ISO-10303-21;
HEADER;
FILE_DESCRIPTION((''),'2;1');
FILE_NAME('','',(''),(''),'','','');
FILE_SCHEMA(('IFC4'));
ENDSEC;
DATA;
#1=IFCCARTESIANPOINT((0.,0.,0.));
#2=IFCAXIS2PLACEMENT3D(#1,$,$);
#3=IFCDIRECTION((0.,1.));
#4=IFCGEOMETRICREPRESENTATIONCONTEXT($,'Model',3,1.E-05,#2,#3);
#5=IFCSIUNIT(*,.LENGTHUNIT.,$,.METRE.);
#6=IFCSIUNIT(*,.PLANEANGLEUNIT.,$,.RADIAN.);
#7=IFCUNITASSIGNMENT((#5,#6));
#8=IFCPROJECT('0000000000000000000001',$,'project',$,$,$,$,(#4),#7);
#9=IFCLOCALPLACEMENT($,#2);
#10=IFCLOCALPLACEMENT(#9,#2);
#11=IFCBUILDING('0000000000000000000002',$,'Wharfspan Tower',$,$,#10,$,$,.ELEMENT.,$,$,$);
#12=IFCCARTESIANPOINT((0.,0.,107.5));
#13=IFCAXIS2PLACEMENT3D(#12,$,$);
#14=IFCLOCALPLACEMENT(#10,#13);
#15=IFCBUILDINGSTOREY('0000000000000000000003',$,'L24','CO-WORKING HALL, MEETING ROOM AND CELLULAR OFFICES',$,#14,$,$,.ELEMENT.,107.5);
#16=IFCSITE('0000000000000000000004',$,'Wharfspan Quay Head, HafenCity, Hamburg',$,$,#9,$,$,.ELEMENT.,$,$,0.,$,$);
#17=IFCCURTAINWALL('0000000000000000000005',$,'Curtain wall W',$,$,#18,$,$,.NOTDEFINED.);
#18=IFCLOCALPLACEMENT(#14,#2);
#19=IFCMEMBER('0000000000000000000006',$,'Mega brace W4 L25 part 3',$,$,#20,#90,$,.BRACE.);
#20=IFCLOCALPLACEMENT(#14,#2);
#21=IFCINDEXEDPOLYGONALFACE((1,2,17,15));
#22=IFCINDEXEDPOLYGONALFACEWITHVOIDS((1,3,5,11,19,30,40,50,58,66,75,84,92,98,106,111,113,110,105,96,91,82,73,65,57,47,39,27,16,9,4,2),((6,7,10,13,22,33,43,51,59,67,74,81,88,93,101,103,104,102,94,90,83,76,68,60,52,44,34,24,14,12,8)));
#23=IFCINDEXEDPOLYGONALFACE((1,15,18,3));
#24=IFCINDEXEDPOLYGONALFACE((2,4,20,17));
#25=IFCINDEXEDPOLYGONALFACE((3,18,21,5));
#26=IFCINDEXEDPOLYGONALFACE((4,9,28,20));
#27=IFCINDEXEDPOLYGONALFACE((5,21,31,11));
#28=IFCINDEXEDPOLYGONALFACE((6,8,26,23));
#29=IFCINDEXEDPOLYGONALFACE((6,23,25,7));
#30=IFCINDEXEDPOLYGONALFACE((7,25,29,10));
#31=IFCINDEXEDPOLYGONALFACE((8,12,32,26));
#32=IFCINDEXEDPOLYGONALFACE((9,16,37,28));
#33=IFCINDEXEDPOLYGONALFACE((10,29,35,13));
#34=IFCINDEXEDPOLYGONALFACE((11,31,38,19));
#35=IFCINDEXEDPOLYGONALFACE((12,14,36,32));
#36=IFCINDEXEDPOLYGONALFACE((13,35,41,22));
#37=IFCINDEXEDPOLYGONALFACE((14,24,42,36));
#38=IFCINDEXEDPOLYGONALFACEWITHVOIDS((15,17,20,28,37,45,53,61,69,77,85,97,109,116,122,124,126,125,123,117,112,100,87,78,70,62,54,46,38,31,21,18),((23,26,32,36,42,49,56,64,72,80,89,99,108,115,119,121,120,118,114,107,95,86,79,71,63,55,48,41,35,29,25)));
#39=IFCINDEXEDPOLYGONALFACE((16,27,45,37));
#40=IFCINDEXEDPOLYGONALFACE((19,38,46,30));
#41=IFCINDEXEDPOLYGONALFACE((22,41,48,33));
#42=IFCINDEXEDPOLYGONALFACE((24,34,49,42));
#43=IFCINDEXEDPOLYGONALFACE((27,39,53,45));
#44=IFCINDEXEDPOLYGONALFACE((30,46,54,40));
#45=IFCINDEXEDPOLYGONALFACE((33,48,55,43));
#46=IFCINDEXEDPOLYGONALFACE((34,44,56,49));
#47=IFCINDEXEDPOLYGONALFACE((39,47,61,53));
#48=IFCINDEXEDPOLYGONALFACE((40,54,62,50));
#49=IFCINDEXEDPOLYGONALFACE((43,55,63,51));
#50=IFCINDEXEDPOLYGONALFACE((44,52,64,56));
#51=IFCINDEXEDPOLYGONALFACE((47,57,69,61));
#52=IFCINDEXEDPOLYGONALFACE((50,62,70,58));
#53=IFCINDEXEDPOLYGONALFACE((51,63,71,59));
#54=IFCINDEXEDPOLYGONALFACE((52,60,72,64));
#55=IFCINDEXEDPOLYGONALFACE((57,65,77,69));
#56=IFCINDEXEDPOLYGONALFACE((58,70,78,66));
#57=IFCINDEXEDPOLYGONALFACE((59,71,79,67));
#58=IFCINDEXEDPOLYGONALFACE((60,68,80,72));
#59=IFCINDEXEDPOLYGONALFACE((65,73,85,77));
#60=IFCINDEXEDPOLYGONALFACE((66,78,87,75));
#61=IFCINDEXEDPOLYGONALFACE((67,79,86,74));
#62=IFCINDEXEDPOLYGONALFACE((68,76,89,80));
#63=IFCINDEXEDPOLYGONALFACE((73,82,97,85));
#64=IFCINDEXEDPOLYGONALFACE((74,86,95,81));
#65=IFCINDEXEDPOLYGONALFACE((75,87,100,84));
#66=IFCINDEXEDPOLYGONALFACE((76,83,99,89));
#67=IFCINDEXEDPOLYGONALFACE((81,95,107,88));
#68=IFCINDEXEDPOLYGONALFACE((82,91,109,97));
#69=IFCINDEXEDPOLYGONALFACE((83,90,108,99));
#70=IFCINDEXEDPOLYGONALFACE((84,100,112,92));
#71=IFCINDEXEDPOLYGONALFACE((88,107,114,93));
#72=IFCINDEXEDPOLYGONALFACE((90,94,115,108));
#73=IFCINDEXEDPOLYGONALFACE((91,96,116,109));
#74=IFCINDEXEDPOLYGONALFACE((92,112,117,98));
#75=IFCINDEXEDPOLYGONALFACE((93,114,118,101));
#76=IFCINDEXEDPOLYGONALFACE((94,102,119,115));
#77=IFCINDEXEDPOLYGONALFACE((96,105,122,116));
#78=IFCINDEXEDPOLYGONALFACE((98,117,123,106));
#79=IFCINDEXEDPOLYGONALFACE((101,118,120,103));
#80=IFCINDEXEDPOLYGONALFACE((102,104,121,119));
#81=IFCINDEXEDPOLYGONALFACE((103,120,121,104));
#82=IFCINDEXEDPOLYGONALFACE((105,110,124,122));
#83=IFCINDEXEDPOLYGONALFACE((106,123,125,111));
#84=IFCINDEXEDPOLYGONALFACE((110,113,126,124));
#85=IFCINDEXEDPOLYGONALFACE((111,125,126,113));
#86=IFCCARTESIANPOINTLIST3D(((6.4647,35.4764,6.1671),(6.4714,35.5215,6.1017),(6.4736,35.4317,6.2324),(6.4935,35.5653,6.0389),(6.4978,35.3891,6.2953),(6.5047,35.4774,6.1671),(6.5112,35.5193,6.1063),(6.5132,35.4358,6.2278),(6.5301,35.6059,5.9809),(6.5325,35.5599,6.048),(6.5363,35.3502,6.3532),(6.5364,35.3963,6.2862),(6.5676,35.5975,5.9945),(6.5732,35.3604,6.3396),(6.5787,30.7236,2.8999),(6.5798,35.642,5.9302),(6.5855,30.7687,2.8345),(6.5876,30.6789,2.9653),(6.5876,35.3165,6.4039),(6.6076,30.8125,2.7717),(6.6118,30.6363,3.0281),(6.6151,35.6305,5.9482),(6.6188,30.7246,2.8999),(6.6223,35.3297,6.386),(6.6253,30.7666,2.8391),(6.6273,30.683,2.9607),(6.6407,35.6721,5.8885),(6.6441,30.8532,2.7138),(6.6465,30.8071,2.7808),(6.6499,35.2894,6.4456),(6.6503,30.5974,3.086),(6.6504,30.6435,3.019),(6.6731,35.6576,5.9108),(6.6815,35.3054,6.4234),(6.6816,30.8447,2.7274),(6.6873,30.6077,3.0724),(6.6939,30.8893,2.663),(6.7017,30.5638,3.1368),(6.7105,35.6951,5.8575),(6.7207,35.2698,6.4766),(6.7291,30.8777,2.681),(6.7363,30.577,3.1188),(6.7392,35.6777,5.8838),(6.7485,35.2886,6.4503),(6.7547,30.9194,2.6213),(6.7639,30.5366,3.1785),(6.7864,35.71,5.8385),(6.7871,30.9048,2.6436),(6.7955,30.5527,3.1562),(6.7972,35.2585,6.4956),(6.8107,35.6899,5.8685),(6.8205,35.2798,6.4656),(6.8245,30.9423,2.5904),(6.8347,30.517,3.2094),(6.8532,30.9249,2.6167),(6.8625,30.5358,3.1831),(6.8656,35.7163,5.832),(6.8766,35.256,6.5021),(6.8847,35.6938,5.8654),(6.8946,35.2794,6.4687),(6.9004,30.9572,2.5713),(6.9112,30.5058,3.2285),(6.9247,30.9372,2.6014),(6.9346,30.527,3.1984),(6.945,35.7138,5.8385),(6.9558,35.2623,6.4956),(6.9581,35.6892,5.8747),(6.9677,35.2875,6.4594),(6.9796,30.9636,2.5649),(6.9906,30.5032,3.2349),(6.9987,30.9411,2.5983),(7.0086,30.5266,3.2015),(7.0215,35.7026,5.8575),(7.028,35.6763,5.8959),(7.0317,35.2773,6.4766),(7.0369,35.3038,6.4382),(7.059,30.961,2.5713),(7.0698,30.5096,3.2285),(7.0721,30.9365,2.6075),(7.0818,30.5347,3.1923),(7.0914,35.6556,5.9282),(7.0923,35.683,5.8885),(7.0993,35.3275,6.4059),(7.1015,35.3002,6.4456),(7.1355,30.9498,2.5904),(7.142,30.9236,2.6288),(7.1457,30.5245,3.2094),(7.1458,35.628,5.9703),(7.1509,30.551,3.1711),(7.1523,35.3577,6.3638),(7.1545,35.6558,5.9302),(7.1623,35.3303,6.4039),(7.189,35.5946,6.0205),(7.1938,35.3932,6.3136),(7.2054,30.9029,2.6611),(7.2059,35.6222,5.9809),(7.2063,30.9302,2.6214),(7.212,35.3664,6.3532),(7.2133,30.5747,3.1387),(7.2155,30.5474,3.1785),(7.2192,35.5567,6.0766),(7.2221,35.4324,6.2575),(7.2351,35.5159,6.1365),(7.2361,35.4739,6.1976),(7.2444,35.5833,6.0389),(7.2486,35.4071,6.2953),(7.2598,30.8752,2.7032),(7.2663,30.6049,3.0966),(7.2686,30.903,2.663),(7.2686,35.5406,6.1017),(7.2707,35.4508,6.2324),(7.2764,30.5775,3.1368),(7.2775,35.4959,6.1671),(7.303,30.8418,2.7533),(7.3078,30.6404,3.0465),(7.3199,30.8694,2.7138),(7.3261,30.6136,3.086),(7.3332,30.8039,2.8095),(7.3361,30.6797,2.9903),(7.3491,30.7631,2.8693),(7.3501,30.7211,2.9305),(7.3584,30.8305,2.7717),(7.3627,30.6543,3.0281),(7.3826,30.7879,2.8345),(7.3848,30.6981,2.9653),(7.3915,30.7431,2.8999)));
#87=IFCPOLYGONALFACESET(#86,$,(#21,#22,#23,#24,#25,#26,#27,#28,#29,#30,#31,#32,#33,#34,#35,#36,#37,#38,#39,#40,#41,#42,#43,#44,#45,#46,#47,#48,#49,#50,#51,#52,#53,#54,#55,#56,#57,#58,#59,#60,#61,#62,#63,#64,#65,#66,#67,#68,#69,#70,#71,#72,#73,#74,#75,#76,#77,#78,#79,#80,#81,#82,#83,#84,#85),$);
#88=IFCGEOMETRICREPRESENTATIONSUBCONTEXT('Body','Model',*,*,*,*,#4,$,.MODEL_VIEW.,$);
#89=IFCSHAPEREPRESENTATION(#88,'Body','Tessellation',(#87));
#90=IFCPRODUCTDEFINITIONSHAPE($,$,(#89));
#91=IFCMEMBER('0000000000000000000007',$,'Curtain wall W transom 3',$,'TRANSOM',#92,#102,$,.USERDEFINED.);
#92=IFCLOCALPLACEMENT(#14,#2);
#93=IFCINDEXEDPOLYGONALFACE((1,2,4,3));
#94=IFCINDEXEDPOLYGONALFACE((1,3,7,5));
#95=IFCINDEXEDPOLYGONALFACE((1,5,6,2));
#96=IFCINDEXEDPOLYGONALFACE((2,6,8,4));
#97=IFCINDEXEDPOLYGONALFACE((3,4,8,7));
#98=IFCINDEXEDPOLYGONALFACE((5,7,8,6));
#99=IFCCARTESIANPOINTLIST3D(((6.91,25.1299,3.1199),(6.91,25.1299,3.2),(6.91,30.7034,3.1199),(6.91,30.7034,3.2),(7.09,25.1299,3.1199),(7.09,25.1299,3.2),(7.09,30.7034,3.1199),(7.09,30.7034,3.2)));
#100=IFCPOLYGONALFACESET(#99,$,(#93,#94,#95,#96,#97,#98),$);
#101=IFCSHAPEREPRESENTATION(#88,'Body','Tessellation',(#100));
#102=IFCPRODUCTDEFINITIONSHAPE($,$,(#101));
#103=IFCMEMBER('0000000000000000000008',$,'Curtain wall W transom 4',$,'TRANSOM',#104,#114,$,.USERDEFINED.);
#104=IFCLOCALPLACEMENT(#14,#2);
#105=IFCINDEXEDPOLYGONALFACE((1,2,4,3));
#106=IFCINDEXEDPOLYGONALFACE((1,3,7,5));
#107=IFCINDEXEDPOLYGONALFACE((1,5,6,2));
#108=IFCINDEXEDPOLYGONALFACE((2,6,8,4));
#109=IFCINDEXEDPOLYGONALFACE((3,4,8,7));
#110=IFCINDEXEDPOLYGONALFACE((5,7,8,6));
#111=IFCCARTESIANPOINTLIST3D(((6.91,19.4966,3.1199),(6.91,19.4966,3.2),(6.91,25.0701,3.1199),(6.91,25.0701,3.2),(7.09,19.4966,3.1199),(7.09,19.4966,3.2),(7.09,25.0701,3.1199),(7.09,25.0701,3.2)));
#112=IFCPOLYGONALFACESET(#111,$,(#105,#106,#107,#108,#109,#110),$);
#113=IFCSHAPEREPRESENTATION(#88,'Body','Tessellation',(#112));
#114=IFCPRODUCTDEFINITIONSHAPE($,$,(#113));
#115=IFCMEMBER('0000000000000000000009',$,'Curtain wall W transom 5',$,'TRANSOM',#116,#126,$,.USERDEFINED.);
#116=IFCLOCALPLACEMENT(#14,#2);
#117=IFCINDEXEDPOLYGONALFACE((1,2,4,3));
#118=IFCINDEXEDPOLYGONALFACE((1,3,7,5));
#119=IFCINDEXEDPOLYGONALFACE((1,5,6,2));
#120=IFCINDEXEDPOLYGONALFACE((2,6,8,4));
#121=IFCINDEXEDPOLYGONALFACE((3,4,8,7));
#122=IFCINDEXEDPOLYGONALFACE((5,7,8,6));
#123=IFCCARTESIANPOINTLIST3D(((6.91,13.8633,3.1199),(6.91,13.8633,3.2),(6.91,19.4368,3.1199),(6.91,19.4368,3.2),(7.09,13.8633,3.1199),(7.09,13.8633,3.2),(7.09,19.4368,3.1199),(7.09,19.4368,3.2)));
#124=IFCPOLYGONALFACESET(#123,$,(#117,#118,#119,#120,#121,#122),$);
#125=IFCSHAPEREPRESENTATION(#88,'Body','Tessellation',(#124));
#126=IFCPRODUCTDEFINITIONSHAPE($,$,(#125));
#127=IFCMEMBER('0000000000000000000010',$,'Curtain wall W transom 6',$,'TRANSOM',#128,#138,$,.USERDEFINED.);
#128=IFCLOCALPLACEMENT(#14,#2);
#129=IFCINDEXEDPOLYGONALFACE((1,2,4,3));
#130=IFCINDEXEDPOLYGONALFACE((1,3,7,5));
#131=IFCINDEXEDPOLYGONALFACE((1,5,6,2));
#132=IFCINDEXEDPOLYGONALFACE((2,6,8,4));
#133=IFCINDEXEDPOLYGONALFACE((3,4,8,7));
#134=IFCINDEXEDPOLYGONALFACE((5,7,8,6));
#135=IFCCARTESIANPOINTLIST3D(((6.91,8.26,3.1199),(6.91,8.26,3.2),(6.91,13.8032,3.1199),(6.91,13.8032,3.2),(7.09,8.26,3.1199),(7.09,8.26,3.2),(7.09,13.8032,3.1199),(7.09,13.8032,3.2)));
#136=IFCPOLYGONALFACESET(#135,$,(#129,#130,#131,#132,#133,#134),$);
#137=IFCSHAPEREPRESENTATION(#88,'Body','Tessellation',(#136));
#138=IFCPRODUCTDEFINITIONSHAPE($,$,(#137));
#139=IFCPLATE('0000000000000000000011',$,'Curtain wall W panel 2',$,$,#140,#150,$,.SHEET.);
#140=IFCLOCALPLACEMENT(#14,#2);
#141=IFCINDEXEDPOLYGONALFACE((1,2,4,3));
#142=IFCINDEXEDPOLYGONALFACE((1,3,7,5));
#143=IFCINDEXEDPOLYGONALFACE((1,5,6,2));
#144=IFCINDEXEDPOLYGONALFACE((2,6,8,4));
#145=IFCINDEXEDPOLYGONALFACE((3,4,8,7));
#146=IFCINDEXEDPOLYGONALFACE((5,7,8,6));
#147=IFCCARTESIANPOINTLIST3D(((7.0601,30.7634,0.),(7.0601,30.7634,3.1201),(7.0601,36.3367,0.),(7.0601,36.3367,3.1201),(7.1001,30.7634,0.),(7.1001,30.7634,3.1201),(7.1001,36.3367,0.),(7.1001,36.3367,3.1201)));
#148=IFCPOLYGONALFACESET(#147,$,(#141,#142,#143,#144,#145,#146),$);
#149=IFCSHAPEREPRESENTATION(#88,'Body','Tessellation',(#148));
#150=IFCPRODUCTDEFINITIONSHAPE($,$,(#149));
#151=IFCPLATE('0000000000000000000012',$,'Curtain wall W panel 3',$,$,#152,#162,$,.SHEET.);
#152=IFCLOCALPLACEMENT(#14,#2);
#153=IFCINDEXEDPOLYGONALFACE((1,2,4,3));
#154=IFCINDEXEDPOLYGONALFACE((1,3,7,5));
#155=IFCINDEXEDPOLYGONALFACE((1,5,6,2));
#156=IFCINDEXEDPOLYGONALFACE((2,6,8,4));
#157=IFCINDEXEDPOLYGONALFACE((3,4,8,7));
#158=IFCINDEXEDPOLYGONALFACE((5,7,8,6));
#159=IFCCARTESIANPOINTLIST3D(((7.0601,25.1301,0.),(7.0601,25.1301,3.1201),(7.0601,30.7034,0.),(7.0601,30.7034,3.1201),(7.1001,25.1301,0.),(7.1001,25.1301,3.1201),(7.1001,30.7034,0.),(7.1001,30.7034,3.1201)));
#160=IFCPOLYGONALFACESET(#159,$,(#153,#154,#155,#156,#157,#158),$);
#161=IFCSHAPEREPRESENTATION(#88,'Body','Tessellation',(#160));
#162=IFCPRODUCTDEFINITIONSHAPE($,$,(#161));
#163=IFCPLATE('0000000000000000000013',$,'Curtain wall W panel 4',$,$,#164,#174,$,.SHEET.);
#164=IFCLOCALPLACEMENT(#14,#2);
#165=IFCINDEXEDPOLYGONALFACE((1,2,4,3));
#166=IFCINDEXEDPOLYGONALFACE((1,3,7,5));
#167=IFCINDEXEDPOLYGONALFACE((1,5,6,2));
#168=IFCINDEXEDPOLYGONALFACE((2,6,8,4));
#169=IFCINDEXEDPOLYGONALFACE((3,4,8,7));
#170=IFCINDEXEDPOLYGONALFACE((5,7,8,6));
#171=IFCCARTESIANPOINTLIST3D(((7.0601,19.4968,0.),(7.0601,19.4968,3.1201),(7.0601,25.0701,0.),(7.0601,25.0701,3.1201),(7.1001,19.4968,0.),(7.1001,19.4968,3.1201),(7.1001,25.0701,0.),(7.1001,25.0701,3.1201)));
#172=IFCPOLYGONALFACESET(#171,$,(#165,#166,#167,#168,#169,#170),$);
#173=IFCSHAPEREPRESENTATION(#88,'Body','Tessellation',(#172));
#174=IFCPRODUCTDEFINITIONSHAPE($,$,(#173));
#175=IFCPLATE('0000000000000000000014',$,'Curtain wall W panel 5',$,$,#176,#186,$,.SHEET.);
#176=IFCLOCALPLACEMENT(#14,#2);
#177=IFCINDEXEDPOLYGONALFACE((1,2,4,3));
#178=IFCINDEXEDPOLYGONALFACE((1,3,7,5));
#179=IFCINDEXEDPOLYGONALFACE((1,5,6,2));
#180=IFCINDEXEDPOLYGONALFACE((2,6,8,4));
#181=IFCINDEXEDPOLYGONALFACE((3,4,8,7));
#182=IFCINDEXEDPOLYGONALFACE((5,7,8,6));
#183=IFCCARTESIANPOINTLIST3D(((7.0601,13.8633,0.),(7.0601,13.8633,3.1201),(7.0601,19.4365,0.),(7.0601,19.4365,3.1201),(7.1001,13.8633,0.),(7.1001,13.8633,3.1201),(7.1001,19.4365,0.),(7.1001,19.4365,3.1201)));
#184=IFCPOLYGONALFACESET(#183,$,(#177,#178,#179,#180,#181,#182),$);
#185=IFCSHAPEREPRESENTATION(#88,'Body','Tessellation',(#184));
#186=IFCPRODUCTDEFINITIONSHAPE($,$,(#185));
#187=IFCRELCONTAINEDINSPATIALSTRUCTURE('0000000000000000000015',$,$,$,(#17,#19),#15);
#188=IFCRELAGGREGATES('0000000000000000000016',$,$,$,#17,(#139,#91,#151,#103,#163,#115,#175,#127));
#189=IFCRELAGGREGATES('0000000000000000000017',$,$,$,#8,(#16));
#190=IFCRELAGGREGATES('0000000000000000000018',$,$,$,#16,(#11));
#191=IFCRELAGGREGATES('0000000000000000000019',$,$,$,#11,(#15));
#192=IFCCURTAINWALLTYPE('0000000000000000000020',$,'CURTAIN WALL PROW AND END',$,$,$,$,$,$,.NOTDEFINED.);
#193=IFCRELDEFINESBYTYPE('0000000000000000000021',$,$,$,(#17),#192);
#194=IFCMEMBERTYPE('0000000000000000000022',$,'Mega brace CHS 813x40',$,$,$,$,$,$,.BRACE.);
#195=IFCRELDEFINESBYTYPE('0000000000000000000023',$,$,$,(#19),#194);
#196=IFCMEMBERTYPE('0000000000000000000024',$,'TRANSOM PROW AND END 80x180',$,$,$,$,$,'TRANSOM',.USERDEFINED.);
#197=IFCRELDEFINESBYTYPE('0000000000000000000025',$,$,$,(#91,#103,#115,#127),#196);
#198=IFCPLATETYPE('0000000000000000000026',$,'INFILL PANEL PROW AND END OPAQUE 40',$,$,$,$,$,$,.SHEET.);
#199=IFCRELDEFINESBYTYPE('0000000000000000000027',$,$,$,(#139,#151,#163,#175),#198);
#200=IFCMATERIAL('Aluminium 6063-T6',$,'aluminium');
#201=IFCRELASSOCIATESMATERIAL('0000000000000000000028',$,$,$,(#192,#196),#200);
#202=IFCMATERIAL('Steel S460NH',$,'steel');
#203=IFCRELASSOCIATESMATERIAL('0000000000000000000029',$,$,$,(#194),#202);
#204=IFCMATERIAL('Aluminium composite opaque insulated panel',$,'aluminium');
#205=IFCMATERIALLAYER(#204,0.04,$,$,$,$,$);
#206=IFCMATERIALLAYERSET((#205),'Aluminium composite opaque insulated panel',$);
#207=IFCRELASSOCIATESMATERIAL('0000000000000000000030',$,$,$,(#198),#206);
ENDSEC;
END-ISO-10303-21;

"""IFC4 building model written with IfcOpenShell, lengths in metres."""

from ifc_helpers import new_model, si_unit, direction, frame, origin, origin_2d, place, context, subcontext, project, spatial, rectangle, hollow_circle, extrude, material, layer, layer_set, material_profile, profile_set, type_object, element, aggregate, save


model = new_model("IFC4")

# Units and contexts
model_context = context("Model", 3, precision=1e-05, world=origin(), true_north=direction((0.0, 1.0)))
body_context = subcontext(model_context, "Body", "Model", "MODEL_VIEW")
ifc_project = project(units=[si_unit("LENGTHUNIT", "METRE"), si_unit("PLANEANGLEUNIT", "RADIAN")], contexts=[model_context])

# Site, building, storey
site_placement = place(None, origin())
site = spatial("IfcSite", under=ifc_project, at=site_placement, Name="Wharfspan Quay Head, HafenCity, Hamburg", CompositionType="ELEMENT", RefElevation=0.0)
building_placement = place(site_placement, origin())
building = spatial("IfcBuilding", under=site, at=building_placement, Name="Wharfspan Tower", CompositionType="ELEMENT")
storey_placement = place(building_placement, frame((0.0, 0.0, 107.5)))
storey = spatial("IfcBuildingStorey", under=building, at=storey_placement, Name="L24", Description="CO-WORKING HALL, MEETING ROOM AND CELLULAR OFFICES", CompositionType="ELEMENT", Elevation=107.5)

# Curtain wall
ifc_material_1 = material(Name="Aluminium 6063-T6", Category="aluminium")
curtain_wall_type = type_object("IfcCurtainWallType", Name="CURTAIN WALL PROW AND END", PredefinedType="NOTDEFINED", material=ifc_material_1)
curtain_wall_placement = place(storey_placement, origin())
curtain_wall = element("IfcCurtainWall", 1, at=curtain_wall_placement, inside=storey, type_object=curtain_wall_type, Name="Curtain wall W", PredefinedType="NOTDEFINED")

# Member
ifc_material_2 = material(Name="Steel S460NH", Category="steel")
ifc_material_profile_1 = material_profile(ifc_material_2, hollow_circle(Radius=0.4065, WallThickness=0.04, at=origin_2d()))
ifc_profile_set_1 = profile_set([ifc_material_profile_1], Name="Steel S460NH")
member_type_1 = type_object("IfcMemberType", Name="Mega brace CHS 813x40", PredefinedType="BRACE", material=ifc_profile_set_1)
member_1_placement = place(storey_placement, frame((6.9851, 30.7334, 2.8999), z_axis=(-0.019765, 0.823912, 0.566373), x_axis=(-0.999715, -0.023981, -0.000002)))
element("IfcMember", 2, at=member_1_placement, inside=storey, type_object=member_type_1, Name="Mega brace W4 L25 part 3", PredefinedType="BRACE", context=body_context, shape_type="SweptSolid", body=[
    extrude(hollow_circle(Radius=0.4065, WallThickness=0.04, at=origin_2d()), origin(), (0.0, 0.0, 1.0), 5.7686),
])

# Members
ifc_material_profile_2 = material_profile(ifc_material_1, rectangle(XDim=0.1799, YDim=0.0801, at=origin_2d()))
ifc_profile_set_2 = profile_set([ifc_material_profile_2], Name="Aluminium 6063-T6")
member_type_2 = type_object("IfcMemberType", Name="TRANSOM PROW AND END 80x180", ElementType="TRANSOM", PredefinedType="USERDEFINED", material=ifc_profile_set_2)
member_2_placement = place(storey_placement, frame((7.0, 30.7034, 3.1599), z_axis=(0.0, -1.0, 0.0), x_axis=(1.0, 0.0, 0.0)))
member_2 = element("IfcMember", 3, at=member_2_placement, type_object=member_type_2, Name="Curtain wall W transom 3", ObjectType="TRANSOM", PredefinedType="USERDEFINED", context=body_context, shape_type="SweptSolid", body=[
    extrude(rectangle(XDim=0.1799, YDim=0.0801, at=origin_2d()), origin(), (0.0, 0.0, 1.0), 5.5735),
])
member_3_placement = place(storey_placement, frame((7.0, 25.0701, 3.1599), z_axis=(0.0, -1.0, 0.0), x_axis=(1.0, 0.0, 0.0)))
member_3 = element("IfcMember", 4, at=member_3_placement, type_object=member_type_2, Name="Curtain wall W transom 4", ObjectType="TRANSOM", PredefinedType="USERDEFINED", context=body_context, shape_type="SweptSolid", body=[
    extrude(rectangle(XDim=0.1799, YDim=0.0801, at=origin_2d()), origin(), (0.0, 0.0, 1.0), 5.5735),
])
member_4_placement = place(storey_placement, frame((7.0, 19.4368, 3.1599), z_axis=(0.0, -1.0, 0.0), x_axis=(1.0, 0.0, 0.0)))
member_4 = element("IfcMember", 5, at=member_4_placement, type_object=member_type_2, Name="Curtain wall W transom 5", ObjectType="TRANSOM", PredefinedType="USERDEFINED", context=body_context, shape_type="SweptSolid", body=[
    extrude(rectangle(XDim=0.1799, YDim=0.0801, at=origin_2d()), origin(), (0.0, 0.0, 1.0), 5.5735),
])
member_5_placement = place(storey_placement, frame((7.0, 13.8032, 3.1599), z_axis=(0.0, -1.0, 0.0), x_axis=(1.0, 0.0, 0.0)))
member_5 = element("IfcMember", 6, at=member_5_placement, type_object=member_type_2, Name="Curtain wall W transom 6", ObjectType="TRANSOM", PredefinedType="USERDEFINED", context=body_context, shape_type="SweptSolid", body=[
    extrude(rectangle(XDim=0.1799, YDim=0.0801, at=origin_2d()), origin(), (0.0, 0.0, 1.0), 5.5432),
])

# Plates
ifc_material_3 = material(Name="Aluminium composite opaque insulated panel", Category="aluminium")
ifc_layer_1 = layer(ifc_material_3, 0.04)
ifc_layer_set_1 = layer_set([ifc_layer_1], Name="Aluminium composite opaque insulated panel")
plate_type = type_object("IfcPlateType", Name="INFILL PANEL PROW AND END OPAQUE 40", PredefinedType="SHEET", material=ifc_layer_set_1)
plate_1_placement = place(storey_placement, frame((7.0801, 33.55, 0.0), z_axis=(0.0, 0.0, 1.0), x_axis=(0.0, -1.0, 0.0)))
plate_1 = element("IfcPlate", 7, at=plate_1_placement, type_object=plate_type, Name="Curtain wall W panel 2", PredefinedType="SHEET", context=body_context, shape_type="SweptSolid", body=[
    extrude(rectangle(XDim=5.5732, YDim=0.04, at=origin_2d()), origin(), (0.0, 0.0, 1.0), 3.1201),
])
plate_2_placement = place(storey_placement, frame((7.0801, 27.9167, 0.0), z_axis=(0.0, 0.0, 1.0), x_axis=(0.0, -1.0, 0.0)))
plate_2 = element("IfcPlate", 8, at=plate_2_placement, type_object=plate_type, Name="Curtain wall W panel 3", PredefinedType="SHEET", context=body_context, shape_type="SweptSolid", body=[
    extrude(rectangle(XDim=5.5732, YDim=0.04, at=origin_2d()), origin(), (0.0, 0.0, 1.0), 3.1201),
])
plate_3_placement = place(storey_placement, frame((7.0801, 22.2834, 0.0), z_axis=(0.0, 0.0, 1.0), x_axis=(0.0, -1.0, 0.0)))
plate_3 = element("IfcPlate", 9, at=plate_3_placement, type_object=plate_type, Name="Curtain wall W panel 4", PredefinedType="SHEET", context=body_context, shape_type="SweptSolid", body=[
    extrude(rectangle(XDim=5.5732, YDim=0.04, at=origin_2d()), origin(), (0.0, 0.0, 1.0), 3.1201),
])
plate_4_placement = place(storey_placement, frame((7.0801, 16.6499, 0.0), z_axis=(0.0, 0.0, 1.0), x_axis=(0.0, -1.0, 0.0)))
plate_4 = element("IfcPlate", 10, at=plate_4_placement, type_object=plate_type, Name="Curtain wall W panel 5", PredefinedType="SHEET", context=body_context, shape_type="SweptSolid", body=[
    extrude(rectangle(XDim=5.5732, YDim=0.04, at=origin_2d()), origin(), (0.0, 0.0, 1.0), 3.1201),
])
aggregate(curtain_wall, [plate_1, member_2, plate_2, member_3, plate_3, member_4, plate_4, member_5])

save(model, "model.ifc")
